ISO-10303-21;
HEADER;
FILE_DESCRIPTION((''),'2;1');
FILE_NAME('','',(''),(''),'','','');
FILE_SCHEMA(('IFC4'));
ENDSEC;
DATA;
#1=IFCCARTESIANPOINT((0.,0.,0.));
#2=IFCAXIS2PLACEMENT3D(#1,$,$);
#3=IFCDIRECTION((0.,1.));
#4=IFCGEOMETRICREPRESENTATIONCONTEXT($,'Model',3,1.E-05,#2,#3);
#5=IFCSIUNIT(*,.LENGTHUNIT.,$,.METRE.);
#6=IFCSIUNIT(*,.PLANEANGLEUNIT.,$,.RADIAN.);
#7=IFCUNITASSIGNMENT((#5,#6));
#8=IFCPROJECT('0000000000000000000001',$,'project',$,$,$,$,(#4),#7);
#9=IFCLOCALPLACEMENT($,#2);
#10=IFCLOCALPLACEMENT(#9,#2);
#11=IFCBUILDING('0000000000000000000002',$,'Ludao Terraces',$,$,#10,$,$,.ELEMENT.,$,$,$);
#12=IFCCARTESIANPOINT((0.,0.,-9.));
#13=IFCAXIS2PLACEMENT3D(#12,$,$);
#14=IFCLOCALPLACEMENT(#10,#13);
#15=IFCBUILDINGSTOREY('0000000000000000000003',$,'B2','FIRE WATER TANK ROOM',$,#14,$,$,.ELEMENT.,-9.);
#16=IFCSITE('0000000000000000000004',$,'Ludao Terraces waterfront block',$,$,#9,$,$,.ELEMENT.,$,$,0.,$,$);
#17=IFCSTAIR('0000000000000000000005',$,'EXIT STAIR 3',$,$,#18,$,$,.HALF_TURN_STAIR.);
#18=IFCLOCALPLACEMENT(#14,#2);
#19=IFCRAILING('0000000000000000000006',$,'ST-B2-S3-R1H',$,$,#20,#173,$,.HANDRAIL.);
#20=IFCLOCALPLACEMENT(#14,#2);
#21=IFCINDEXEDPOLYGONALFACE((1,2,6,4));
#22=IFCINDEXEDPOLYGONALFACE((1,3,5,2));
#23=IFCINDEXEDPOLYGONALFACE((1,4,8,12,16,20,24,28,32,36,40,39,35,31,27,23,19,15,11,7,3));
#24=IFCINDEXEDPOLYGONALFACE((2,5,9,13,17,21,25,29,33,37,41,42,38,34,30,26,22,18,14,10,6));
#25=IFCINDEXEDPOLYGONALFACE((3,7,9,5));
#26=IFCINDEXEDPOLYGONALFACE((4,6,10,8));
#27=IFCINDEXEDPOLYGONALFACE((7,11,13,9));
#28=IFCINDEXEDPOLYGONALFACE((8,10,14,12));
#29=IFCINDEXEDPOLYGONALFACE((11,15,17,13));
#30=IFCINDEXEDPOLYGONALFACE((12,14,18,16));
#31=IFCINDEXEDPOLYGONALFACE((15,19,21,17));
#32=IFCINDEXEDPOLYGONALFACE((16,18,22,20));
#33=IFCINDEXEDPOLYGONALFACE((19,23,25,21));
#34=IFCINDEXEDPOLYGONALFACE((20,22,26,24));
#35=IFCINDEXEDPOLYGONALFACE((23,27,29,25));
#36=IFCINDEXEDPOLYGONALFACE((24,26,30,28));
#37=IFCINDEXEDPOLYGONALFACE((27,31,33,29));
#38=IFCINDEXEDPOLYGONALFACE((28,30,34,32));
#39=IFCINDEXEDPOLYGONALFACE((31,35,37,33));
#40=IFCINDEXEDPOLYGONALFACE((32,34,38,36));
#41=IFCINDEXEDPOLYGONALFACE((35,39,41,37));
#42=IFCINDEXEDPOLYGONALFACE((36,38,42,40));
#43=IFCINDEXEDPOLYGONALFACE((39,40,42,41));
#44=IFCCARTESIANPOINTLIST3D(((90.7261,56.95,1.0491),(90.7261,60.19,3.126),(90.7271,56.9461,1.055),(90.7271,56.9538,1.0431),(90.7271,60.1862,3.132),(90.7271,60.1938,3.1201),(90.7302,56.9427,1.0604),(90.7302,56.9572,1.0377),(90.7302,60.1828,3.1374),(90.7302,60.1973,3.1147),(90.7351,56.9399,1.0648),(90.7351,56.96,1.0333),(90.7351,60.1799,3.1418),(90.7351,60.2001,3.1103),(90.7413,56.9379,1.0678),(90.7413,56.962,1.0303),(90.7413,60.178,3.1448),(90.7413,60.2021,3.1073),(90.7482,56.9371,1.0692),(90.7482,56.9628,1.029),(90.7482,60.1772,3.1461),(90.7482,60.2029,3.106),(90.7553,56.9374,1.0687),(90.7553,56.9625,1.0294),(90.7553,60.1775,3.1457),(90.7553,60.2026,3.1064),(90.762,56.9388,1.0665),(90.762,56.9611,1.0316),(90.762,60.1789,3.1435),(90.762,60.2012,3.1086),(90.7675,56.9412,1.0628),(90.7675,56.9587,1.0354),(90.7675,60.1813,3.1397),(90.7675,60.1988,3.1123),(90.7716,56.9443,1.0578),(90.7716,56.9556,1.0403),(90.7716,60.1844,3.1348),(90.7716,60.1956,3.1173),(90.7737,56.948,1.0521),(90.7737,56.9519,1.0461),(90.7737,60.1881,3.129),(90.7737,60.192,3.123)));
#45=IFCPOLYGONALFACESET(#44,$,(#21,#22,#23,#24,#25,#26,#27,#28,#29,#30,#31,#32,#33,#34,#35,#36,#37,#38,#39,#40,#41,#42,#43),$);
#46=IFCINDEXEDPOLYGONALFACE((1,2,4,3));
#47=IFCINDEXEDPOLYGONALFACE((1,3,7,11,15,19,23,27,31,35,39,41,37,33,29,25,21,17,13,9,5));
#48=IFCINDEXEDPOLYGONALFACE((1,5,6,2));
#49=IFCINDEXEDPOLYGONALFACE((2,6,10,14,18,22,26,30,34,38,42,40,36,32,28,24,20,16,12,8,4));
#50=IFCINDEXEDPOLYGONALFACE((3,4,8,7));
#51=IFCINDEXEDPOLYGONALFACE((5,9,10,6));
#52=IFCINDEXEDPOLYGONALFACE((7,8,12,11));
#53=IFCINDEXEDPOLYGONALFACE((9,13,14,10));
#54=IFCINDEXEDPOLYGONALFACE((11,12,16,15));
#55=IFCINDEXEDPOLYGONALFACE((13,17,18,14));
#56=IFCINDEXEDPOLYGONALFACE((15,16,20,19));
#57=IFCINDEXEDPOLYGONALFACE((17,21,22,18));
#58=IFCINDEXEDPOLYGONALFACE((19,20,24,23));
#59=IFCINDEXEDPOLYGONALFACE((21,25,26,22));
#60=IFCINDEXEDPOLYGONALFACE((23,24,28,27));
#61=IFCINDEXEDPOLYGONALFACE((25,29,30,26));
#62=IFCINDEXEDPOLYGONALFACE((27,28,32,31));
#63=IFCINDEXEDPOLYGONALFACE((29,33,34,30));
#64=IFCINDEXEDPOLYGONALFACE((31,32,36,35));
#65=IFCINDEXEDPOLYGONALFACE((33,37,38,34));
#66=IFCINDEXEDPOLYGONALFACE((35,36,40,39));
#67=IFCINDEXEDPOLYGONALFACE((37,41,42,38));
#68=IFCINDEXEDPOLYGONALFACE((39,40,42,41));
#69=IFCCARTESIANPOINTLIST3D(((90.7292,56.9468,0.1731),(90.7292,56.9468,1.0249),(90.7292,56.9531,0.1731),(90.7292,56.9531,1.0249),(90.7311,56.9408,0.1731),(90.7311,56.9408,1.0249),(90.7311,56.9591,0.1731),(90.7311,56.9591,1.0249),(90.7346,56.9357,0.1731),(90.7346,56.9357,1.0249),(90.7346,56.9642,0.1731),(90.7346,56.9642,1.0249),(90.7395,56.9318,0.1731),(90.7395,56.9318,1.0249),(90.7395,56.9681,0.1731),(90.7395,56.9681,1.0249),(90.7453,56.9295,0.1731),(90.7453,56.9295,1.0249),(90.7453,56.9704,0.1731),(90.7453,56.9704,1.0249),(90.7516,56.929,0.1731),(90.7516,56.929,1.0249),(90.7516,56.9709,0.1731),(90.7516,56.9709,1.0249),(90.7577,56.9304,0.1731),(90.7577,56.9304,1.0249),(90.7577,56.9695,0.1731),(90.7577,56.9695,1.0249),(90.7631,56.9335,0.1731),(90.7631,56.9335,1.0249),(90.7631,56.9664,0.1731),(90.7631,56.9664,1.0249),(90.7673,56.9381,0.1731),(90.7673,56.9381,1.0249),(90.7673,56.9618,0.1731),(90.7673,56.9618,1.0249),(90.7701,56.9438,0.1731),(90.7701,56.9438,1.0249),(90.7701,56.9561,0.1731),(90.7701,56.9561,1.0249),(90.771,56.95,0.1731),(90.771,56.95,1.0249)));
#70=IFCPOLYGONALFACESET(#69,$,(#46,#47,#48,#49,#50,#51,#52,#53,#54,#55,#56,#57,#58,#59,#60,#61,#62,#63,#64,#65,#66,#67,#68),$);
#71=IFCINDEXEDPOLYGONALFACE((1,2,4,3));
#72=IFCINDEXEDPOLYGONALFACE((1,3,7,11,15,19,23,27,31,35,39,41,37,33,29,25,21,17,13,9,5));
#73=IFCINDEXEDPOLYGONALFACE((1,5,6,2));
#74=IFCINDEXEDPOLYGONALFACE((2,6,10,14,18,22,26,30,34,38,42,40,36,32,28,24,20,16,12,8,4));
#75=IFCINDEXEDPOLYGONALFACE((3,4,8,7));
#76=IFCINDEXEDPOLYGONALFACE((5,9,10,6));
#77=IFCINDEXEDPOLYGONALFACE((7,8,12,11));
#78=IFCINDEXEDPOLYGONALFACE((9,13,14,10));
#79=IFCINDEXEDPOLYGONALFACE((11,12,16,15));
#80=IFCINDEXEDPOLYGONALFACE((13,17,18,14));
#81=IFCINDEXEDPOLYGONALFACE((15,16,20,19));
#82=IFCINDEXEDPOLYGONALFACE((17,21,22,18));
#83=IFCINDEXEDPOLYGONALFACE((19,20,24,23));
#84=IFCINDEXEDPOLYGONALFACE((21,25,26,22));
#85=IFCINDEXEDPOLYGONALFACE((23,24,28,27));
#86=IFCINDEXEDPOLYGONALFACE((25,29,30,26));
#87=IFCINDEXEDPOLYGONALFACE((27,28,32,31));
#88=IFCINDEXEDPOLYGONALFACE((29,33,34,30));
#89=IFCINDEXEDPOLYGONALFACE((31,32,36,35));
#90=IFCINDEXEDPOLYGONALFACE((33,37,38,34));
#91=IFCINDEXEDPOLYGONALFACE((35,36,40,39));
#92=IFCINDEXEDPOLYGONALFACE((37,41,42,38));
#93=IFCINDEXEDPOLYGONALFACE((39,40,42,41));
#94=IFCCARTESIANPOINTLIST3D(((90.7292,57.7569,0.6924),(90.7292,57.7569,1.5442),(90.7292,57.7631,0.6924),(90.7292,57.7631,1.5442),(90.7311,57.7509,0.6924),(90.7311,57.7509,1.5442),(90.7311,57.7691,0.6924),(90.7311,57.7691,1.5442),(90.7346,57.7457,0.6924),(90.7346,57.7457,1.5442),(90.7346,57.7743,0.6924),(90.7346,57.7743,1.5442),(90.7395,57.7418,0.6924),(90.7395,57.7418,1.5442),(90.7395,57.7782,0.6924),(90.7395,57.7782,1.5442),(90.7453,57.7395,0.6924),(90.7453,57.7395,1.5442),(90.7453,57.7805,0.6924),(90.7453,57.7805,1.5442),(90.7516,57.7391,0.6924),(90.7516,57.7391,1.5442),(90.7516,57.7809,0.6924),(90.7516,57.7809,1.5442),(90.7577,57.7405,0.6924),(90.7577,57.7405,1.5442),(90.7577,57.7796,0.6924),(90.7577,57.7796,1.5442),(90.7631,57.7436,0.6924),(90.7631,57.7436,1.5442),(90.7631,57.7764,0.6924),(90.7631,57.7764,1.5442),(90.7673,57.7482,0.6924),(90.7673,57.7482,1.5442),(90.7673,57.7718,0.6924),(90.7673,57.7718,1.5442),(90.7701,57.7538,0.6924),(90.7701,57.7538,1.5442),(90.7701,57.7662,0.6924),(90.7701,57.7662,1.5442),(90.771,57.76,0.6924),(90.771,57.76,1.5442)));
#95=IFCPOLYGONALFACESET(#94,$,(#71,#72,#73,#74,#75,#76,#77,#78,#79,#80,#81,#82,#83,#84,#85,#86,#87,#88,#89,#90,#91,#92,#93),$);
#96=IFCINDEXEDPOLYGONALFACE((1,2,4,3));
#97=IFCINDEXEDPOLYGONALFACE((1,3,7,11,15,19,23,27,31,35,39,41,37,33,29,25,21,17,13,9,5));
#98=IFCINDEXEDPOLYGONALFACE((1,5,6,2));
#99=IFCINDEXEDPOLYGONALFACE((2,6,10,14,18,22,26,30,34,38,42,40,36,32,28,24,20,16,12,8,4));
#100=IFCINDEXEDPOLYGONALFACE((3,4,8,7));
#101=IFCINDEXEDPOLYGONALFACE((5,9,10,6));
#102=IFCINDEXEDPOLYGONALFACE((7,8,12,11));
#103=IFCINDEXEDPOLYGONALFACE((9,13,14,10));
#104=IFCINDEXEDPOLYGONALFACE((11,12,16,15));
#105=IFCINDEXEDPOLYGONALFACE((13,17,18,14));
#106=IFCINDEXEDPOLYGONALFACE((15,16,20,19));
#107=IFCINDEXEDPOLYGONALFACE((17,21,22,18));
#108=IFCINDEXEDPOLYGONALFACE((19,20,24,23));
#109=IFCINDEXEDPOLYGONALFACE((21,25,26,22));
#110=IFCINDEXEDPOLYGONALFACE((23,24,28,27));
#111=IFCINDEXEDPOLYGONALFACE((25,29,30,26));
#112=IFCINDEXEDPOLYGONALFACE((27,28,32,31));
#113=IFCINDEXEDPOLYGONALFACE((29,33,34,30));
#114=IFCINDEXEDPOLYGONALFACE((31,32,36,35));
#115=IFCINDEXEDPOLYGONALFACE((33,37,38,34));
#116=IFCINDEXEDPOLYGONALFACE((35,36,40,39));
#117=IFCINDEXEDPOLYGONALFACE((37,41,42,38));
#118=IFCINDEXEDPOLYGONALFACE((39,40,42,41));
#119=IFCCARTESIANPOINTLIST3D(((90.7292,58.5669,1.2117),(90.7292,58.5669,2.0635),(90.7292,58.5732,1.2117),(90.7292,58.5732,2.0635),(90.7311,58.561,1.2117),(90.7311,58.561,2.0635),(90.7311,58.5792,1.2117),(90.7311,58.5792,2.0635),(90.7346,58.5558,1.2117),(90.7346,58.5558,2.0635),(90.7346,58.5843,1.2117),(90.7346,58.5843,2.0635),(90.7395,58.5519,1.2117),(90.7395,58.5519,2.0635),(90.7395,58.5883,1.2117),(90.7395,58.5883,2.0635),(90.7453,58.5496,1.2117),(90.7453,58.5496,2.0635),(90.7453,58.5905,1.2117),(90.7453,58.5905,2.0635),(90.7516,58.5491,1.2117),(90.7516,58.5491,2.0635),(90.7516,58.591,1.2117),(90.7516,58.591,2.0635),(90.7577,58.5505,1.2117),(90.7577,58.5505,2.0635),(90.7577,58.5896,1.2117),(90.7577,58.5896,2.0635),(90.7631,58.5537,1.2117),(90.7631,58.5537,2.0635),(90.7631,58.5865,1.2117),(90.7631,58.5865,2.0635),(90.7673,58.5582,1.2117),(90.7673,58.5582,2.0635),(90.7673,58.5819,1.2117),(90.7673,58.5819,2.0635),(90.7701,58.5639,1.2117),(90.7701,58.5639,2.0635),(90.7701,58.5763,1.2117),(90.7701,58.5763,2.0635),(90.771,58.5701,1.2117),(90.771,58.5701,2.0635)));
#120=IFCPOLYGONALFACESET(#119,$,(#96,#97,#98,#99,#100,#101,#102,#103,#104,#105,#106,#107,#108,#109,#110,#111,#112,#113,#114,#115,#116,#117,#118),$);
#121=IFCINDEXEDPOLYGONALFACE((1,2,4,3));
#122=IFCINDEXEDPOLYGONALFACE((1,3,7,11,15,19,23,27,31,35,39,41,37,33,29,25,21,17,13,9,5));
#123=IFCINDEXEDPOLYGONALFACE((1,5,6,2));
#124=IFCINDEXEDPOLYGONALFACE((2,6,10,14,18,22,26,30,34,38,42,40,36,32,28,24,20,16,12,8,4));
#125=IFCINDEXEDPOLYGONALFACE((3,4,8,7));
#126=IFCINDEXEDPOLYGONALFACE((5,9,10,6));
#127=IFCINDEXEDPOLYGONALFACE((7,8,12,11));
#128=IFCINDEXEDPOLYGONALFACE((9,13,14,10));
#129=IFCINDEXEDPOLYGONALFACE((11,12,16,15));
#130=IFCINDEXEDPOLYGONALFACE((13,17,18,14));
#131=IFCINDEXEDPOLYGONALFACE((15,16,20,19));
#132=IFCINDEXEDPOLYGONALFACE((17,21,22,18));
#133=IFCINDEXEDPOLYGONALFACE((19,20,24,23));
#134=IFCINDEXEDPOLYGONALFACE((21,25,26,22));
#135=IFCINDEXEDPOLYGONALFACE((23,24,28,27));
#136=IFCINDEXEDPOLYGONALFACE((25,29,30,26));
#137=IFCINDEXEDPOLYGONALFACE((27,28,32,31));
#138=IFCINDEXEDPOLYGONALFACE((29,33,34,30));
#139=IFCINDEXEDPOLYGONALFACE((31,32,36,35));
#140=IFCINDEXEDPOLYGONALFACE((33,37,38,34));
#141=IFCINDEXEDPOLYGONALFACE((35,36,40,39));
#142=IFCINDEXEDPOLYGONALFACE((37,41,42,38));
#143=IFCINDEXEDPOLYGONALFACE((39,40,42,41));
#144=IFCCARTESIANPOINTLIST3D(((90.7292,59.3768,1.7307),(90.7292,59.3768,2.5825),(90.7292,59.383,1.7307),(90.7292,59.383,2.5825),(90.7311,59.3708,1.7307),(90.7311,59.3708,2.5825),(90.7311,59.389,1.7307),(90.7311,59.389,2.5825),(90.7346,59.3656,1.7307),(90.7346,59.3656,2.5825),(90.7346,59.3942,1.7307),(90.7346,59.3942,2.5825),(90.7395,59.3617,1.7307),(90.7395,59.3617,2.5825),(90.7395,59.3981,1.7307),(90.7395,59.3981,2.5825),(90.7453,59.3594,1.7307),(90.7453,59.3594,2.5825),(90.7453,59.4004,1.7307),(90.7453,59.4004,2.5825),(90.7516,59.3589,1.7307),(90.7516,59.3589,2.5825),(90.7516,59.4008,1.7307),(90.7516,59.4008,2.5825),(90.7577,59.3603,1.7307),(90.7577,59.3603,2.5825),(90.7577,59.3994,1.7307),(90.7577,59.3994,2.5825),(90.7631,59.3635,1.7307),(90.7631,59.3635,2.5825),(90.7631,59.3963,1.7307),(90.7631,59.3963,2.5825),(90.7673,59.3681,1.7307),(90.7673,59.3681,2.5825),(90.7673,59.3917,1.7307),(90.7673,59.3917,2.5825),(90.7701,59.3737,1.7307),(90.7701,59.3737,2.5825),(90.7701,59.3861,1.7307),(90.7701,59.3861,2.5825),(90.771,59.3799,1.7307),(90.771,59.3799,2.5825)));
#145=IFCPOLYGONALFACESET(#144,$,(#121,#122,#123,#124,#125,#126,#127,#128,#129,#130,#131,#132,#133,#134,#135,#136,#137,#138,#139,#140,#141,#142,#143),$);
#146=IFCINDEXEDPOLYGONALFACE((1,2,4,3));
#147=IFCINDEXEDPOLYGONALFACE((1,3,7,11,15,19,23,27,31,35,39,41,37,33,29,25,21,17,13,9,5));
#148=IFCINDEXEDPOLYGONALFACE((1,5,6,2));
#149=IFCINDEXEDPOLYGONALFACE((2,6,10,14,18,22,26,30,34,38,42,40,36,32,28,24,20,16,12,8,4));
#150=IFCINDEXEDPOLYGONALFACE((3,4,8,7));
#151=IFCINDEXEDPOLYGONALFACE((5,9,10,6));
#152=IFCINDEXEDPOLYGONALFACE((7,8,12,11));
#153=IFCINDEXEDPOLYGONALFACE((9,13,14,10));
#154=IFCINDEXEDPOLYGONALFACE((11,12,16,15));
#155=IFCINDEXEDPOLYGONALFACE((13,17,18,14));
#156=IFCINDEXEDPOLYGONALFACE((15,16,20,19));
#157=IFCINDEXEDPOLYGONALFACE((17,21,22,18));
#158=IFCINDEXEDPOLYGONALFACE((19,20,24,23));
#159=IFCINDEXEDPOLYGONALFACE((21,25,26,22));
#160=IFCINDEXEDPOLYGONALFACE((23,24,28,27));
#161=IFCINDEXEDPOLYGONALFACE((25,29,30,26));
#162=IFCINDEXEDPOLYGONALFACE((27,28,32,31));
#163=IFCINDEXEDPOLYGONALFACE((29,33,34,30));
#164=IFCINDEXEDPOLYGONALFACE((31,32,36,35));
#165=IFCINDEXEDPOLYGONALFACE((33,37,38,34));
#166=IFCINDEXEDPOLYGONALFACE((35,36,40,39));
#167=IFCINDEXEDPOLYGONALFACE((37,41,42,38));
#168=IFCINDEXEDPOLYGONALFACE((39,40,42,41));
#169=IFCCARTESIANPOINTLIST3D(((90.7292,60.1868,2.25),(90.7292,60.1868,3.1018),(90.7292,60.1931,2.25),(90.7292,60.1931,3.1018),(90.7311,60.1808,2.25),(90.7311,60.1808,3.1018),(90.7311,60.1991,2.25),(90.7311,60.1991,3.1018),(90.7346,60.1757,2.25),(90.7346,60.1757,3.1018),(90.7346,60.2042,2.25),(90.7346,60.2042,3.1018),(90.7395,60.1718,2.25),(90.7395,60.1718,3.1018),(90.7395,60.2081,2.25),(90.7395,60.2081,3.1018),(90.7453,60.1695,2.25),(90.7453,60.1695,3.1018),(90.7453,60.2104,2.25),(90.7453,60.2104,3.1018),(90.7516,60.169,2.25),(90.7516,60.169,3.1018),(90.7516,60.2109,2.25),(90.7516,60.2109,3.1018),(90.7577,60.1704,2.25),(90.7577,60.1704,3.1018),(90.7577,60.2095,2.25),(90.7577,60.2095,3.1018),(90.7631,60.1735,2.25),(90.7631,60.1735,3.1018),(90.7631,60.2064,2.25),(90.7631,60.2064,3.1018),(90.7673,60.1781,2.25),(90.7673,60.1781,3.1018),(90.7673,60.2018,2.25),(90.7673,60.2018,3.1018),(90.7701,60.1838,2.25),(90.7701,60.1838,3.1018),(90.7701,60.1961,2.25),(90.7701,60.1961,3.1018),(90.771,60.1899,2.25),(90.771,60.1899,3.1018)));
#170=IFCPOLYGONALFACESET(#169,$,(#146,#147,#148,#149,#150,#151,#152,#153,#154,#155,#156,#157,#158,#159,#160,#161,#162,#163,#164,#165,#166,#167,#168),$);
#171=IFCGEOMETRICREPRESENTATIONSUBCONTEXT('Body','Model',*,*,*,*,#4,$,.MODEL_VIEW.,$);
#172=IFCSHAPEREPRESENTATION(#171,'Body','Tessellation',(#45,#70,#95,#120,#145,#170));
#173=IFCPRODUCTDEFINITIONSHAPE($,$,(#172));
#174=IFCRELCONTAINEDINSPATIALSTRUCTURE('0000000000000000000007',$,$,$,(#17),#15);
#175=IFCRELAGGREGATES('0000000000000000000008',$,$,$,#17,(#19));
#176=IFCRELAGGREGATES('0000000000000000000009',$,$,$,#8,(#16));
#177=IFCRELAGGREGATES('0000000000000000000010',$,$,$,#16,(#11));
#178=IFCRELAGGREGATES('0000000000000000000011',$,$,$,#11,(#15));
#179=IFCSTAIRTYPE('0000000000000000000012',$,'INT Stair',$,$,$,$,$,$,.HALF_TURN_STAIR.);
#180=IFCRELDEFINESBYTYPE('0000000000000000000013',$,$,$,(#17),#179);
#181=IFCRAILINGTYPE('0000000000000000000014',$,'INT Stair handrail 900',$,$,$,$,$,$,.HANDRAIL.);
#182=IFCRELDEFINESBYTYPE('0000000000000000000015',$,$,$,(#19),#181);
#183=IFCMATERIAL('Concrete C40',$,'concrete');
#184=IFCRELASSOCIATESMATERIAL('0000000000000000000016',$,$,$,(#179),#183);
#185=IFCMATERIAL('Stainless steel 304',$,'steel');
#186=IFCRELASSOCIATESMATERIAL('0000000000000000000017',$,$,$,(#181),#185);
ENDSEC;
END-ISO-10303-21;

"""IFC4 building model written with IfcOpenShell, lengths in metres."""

from ifc_helpers import new_model, si_unit, direction, frame, origin, origin_2d, place, context, subcontext, project, spatial, circle, extrude, material, type_object, element, aggregate, save


model = new_model("IFC4")

# Units and contexts
model_context = context("Model", 3, precision=1e-05, world=origin(), true_north=direction((0.0, 1.0)))
body_context = subcontext(model_context, "Body", "Model", "MODEL_VIEW")
ifc_project = project(units=[si_unit("LENGTHUNIT", "METRE"), si_unit("PLANEANGLEUNIT", "RADIAN")], contexts=[model_context])

# Site, building, storey
site_placement = place(None, origin())
site = spatial("IfcSite", under=ifc_project, at=site_placement, Name="Ludao Terraces waterfront block", CompositionType="ELEMENT", RefElevation=0.0)
building_placement = place(site_placement, origin())
building = spatial("IfcBuilding", under=site, at=building_placement, Name="Ludao Terraces", CompositionType="ELEMENT")
storey_placement = place(building_placement, frame((0.0, 0.0, -9.0)))
storey = spatial("IfcBuildingStorey", under=building, at=storey_placement, Name="B2", Description="FIRE WATER TANK ROOM", CompositionType="ELEMENT", Elevation=-9.0)

# Shared definitions
ifc_material_1 = material(Name="Concrete C40", Category="concrete")

# Stair, railing
stair_type = type_object("IfcStairType", Name="INT Stair", PredefinedType="HALF_TURN_STAIR", material=ifc_material_1)
stair_placement = place(storey_placement, origin())
stair = element("IfcStair", 1, at=stair_placement, inside=storey, type_object=stair_type, Name="EXIT STAIR 3", PredefinedType="HALF_TURN_STAIR")
ifc_material_2 = material(Name="Stainless steel 304", Category="steel")
railing_type_1 = type_object("IfcRailingType", Name="INT Stair handrail 900", PredefinedType="HANDRAIL", material=ifc_material_2)
railing_1_placement = place(storey_placement, frame((90.75, 56.95, 0.1731)))
railing_1 = element("IfcRailing", 2, at=railing_1_placement, type_object=railing_type_1, Name="ST-B2-S3-R1H", PredefinedType="HANDRAIL", context=body_context, shape_type="SweptSolid", body=[
    extrude(circle(Radius=0.0239, at=origin_2d()), frame((0.0, 0.0, 0.876), z_axis=(0.0, 0.841881, 0.539664), x_axis=(-1.0, 0.0, 0.0)), (0.0, 0.0, 1.0), 3.8486),
    extrude(circle(Radius=0.021, at=origin_2d()), origin(), (0.0, 0.0, 1.0), 0.8518),
    extrude(circle(Radius=0.021, at=origin_2d()), frame((0.0, 0.8101, 0.5193)), (0.0, 0.0, 1.0), 0.8518),
    extrude(circle(Radius=0.021, at=origin_2d()), frame((0.0, 1.6201, 1.0386)), (0.0, 0.0, 1.0), 0.8518),
    extrude(circle(Radius=0.021, at=origin_2d()), frame((0.0, 2.4299, 1.5576)), (0.0, 0.0, 1.0), 0.8518),
    extrude(circle(Radius=0.021, at=origin_2d()), frame((0.0, 3.24, 2.0769)), (0.0, 0.0, 1.0), 0.8518),
])
aggregate(stair, [railing_1])

save(model, "model.ifc")
